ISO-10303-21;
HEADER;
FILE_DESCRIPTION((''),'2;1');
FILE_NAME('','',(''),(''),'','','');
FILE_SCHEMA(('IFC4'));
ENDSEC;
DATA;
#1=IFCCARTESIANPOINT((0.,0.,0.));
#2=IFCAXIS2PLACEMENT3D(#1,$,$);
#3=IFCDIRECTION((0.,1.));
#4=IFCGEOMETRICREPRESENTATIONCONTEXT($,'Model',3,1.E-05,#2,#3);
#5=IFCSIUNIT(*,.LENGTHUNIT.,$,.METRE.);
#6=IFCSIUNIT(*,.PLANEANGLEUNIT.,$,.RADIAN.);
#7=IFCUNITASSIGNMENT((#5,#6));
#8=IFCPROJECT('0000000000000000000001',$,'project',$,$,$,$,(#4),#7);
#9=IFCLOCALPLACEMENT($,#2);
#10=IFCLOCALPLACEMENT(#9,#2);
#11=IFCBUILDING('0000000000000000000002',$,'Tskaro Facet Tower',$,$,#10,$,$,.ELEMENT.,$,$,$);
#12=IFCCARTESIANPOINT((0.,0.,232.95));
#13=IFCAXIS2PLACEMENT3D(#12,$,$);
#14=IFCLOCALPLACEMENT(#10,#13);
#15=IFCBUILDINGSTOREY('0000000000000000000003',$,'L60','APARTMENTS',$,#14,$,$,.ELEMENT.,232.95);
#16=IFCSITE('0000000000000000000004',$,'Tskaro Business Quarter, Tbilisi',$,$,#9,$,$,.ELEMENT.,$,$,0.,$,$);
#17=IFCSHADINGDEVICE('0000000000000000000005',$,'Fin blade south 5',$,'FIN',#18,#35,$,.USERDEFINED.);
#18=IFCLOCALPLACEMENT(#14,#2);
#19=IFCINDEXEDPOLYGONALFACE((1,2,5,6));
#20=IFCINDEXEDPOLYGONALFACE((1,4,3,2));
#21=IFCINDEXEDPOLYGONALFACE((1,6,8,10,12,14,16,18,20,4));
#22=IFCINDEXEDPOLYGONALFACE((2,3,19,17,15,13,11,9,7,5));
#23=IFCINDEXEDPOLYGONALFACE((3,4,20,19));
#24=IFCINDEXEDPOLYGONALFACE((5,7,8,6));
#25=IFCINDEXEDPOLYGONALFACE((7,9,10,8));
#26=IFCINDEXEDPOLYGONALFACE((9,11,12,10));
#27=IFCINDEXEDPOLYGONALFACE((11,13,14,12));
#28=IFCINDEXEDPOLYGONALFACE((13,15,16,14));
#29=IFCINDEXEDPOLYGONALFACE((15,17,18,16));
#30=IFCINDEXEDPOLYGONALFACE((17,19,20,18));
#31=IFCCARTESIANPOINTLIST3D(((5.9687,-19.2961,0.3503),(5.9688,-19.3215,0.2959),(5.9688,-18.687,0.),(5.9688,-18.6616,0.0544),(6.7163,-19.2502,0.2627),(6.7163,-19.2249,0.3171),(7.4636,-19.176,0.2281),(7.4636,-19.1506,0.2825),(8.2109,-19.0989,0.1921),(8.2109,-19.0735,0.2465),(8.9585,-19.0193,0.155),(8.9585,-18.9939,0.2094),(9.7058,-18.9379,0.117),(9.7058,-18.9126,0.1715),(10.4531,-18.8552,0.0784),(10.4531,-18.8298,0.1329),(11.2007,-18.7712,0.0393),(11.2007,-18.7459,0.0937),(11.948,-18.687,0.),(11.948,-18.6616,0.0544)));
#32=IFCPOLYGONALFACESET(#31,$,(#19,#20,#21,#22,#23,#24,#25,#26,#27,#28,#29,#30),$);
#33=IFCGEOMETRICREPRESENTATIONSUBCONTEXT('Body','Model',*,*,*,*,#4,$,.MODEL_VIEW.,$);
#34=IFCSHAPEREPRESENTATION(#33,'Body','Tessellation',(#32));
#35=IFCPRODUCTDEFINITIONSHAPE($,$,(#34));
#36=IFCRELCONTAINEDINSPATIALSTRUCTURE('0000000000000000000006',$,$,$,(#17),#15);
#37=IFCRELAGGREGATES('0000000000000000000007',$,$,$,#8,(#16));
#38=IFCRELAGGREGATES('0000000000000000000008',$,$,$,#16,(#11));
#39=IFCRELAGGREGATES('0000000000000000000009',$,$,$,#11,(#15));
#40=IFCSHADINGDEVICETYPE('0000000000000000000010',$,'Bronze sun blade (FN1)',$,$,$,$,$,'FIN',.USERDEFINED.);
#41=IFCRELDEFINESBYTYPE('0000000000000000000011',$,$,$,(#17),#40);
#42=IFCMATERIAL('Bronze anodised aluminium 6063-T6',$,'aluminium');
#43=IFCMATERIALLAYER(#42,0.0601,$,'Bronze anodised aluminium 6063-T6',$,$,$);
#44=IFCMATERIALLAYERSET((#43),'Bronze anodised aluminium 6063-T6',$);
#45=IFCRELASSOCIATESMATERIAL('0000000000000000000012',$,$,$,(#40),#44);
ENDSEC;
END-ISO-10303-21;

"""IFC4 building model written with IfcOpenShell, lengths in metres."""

from ifc_helpers import new_model, si_unit, direction, frame, origin, place, context, subcontext, project, spatial, polyline, outline, extrude, material, layer, layer_set, type_object, element, save


model = new_model("IFC4")

# Units and contexts
model_context = context("Model", 3, precision=1e-05, world=origin(), true_north=direction((0.0, 1.0)))
body_context = subcontext(model_context, "Body", "Model", "MODEL_VIEW")
ifc_project = project(units=[si_unit("LENGTHUNIT", "METRE"), si_unit("PLANEANGLEUNIT", "RADIAN")], contexts=[model_context])

# Site, building, storey
site_placement = place(None, origin())
site = spatial("IfcSite", under=ifc_project, at=site_placement, Name="Tskaro Business Quarter, Tbilisi", CompositionType="ELEMENT", RefElevation=0.0)
building_placement = place(site_placement, origin())
building = spatial("IfcBuilding", under=site, at=building_placement, Name="Tskaro Facet Tower", CompositionType="ELEMENT")
storey_placement = place(building_placement, frame((0.0, 0.0, 232.95)))
storey = spatial("IfcBuildingStorey", under=building, at=storey_placement, Name="L60", Description="APARTMENTS", CompositionType="ELEMENT", Elevation=232.95)

# Shared definitions
ifc_material_1 = material(Name="Bronze anodised aluminium 6063-T6", Category="aluminium")

# Shading device
ifc_layer_1 = layer(ifc_material_1, 0.0601, Name="Bronze anodised aluminium 6063-T6")
ifc_layer_set_1 = layer_set([ifc_layer_1], Name="Bronze anodised aluminium 6063-T6")
shading_device_type = type_object("IfcShadingDeviceType", Name="Bronze sun blade (FN1)", ElementType="FIN", PredefinedType="USERDEFINED", material=ifc_layer_set_1)
shading_device_1_placement = place(storey_placement, frame((5.9688, -18.6616, 0.0544), z_axis=(-0.000001, 0.422647, 0.906294), x_axis=(1.0, 0.0, 0.000001)))
element("IfcShadingDevice", 1, at=shading_device_1_placement, inside=storey, type_object=shading_device_type, Name="Fin blade south 5", ObjectType="FIN", PredefinedType="USERDEFINED", context=body_context, shape_type="SweptSolid", body=[
    extrude(outline(polyline([(0.0, 0.0), (5.9792, 0.0), (5.2319, -0.0929), (4.4844, -0.1856), (3.7371, -0.2769), (2.9897, -0.3667), (2.2422, -0.4545), (1.4949, -0.5396), (0.7476, -0.6215), (0.0, -0.7001), (0.0, 0.0)])), origin(), (0.0, 0.0, -1.0), 0.0601),
])

save(model, "model.ifc")
